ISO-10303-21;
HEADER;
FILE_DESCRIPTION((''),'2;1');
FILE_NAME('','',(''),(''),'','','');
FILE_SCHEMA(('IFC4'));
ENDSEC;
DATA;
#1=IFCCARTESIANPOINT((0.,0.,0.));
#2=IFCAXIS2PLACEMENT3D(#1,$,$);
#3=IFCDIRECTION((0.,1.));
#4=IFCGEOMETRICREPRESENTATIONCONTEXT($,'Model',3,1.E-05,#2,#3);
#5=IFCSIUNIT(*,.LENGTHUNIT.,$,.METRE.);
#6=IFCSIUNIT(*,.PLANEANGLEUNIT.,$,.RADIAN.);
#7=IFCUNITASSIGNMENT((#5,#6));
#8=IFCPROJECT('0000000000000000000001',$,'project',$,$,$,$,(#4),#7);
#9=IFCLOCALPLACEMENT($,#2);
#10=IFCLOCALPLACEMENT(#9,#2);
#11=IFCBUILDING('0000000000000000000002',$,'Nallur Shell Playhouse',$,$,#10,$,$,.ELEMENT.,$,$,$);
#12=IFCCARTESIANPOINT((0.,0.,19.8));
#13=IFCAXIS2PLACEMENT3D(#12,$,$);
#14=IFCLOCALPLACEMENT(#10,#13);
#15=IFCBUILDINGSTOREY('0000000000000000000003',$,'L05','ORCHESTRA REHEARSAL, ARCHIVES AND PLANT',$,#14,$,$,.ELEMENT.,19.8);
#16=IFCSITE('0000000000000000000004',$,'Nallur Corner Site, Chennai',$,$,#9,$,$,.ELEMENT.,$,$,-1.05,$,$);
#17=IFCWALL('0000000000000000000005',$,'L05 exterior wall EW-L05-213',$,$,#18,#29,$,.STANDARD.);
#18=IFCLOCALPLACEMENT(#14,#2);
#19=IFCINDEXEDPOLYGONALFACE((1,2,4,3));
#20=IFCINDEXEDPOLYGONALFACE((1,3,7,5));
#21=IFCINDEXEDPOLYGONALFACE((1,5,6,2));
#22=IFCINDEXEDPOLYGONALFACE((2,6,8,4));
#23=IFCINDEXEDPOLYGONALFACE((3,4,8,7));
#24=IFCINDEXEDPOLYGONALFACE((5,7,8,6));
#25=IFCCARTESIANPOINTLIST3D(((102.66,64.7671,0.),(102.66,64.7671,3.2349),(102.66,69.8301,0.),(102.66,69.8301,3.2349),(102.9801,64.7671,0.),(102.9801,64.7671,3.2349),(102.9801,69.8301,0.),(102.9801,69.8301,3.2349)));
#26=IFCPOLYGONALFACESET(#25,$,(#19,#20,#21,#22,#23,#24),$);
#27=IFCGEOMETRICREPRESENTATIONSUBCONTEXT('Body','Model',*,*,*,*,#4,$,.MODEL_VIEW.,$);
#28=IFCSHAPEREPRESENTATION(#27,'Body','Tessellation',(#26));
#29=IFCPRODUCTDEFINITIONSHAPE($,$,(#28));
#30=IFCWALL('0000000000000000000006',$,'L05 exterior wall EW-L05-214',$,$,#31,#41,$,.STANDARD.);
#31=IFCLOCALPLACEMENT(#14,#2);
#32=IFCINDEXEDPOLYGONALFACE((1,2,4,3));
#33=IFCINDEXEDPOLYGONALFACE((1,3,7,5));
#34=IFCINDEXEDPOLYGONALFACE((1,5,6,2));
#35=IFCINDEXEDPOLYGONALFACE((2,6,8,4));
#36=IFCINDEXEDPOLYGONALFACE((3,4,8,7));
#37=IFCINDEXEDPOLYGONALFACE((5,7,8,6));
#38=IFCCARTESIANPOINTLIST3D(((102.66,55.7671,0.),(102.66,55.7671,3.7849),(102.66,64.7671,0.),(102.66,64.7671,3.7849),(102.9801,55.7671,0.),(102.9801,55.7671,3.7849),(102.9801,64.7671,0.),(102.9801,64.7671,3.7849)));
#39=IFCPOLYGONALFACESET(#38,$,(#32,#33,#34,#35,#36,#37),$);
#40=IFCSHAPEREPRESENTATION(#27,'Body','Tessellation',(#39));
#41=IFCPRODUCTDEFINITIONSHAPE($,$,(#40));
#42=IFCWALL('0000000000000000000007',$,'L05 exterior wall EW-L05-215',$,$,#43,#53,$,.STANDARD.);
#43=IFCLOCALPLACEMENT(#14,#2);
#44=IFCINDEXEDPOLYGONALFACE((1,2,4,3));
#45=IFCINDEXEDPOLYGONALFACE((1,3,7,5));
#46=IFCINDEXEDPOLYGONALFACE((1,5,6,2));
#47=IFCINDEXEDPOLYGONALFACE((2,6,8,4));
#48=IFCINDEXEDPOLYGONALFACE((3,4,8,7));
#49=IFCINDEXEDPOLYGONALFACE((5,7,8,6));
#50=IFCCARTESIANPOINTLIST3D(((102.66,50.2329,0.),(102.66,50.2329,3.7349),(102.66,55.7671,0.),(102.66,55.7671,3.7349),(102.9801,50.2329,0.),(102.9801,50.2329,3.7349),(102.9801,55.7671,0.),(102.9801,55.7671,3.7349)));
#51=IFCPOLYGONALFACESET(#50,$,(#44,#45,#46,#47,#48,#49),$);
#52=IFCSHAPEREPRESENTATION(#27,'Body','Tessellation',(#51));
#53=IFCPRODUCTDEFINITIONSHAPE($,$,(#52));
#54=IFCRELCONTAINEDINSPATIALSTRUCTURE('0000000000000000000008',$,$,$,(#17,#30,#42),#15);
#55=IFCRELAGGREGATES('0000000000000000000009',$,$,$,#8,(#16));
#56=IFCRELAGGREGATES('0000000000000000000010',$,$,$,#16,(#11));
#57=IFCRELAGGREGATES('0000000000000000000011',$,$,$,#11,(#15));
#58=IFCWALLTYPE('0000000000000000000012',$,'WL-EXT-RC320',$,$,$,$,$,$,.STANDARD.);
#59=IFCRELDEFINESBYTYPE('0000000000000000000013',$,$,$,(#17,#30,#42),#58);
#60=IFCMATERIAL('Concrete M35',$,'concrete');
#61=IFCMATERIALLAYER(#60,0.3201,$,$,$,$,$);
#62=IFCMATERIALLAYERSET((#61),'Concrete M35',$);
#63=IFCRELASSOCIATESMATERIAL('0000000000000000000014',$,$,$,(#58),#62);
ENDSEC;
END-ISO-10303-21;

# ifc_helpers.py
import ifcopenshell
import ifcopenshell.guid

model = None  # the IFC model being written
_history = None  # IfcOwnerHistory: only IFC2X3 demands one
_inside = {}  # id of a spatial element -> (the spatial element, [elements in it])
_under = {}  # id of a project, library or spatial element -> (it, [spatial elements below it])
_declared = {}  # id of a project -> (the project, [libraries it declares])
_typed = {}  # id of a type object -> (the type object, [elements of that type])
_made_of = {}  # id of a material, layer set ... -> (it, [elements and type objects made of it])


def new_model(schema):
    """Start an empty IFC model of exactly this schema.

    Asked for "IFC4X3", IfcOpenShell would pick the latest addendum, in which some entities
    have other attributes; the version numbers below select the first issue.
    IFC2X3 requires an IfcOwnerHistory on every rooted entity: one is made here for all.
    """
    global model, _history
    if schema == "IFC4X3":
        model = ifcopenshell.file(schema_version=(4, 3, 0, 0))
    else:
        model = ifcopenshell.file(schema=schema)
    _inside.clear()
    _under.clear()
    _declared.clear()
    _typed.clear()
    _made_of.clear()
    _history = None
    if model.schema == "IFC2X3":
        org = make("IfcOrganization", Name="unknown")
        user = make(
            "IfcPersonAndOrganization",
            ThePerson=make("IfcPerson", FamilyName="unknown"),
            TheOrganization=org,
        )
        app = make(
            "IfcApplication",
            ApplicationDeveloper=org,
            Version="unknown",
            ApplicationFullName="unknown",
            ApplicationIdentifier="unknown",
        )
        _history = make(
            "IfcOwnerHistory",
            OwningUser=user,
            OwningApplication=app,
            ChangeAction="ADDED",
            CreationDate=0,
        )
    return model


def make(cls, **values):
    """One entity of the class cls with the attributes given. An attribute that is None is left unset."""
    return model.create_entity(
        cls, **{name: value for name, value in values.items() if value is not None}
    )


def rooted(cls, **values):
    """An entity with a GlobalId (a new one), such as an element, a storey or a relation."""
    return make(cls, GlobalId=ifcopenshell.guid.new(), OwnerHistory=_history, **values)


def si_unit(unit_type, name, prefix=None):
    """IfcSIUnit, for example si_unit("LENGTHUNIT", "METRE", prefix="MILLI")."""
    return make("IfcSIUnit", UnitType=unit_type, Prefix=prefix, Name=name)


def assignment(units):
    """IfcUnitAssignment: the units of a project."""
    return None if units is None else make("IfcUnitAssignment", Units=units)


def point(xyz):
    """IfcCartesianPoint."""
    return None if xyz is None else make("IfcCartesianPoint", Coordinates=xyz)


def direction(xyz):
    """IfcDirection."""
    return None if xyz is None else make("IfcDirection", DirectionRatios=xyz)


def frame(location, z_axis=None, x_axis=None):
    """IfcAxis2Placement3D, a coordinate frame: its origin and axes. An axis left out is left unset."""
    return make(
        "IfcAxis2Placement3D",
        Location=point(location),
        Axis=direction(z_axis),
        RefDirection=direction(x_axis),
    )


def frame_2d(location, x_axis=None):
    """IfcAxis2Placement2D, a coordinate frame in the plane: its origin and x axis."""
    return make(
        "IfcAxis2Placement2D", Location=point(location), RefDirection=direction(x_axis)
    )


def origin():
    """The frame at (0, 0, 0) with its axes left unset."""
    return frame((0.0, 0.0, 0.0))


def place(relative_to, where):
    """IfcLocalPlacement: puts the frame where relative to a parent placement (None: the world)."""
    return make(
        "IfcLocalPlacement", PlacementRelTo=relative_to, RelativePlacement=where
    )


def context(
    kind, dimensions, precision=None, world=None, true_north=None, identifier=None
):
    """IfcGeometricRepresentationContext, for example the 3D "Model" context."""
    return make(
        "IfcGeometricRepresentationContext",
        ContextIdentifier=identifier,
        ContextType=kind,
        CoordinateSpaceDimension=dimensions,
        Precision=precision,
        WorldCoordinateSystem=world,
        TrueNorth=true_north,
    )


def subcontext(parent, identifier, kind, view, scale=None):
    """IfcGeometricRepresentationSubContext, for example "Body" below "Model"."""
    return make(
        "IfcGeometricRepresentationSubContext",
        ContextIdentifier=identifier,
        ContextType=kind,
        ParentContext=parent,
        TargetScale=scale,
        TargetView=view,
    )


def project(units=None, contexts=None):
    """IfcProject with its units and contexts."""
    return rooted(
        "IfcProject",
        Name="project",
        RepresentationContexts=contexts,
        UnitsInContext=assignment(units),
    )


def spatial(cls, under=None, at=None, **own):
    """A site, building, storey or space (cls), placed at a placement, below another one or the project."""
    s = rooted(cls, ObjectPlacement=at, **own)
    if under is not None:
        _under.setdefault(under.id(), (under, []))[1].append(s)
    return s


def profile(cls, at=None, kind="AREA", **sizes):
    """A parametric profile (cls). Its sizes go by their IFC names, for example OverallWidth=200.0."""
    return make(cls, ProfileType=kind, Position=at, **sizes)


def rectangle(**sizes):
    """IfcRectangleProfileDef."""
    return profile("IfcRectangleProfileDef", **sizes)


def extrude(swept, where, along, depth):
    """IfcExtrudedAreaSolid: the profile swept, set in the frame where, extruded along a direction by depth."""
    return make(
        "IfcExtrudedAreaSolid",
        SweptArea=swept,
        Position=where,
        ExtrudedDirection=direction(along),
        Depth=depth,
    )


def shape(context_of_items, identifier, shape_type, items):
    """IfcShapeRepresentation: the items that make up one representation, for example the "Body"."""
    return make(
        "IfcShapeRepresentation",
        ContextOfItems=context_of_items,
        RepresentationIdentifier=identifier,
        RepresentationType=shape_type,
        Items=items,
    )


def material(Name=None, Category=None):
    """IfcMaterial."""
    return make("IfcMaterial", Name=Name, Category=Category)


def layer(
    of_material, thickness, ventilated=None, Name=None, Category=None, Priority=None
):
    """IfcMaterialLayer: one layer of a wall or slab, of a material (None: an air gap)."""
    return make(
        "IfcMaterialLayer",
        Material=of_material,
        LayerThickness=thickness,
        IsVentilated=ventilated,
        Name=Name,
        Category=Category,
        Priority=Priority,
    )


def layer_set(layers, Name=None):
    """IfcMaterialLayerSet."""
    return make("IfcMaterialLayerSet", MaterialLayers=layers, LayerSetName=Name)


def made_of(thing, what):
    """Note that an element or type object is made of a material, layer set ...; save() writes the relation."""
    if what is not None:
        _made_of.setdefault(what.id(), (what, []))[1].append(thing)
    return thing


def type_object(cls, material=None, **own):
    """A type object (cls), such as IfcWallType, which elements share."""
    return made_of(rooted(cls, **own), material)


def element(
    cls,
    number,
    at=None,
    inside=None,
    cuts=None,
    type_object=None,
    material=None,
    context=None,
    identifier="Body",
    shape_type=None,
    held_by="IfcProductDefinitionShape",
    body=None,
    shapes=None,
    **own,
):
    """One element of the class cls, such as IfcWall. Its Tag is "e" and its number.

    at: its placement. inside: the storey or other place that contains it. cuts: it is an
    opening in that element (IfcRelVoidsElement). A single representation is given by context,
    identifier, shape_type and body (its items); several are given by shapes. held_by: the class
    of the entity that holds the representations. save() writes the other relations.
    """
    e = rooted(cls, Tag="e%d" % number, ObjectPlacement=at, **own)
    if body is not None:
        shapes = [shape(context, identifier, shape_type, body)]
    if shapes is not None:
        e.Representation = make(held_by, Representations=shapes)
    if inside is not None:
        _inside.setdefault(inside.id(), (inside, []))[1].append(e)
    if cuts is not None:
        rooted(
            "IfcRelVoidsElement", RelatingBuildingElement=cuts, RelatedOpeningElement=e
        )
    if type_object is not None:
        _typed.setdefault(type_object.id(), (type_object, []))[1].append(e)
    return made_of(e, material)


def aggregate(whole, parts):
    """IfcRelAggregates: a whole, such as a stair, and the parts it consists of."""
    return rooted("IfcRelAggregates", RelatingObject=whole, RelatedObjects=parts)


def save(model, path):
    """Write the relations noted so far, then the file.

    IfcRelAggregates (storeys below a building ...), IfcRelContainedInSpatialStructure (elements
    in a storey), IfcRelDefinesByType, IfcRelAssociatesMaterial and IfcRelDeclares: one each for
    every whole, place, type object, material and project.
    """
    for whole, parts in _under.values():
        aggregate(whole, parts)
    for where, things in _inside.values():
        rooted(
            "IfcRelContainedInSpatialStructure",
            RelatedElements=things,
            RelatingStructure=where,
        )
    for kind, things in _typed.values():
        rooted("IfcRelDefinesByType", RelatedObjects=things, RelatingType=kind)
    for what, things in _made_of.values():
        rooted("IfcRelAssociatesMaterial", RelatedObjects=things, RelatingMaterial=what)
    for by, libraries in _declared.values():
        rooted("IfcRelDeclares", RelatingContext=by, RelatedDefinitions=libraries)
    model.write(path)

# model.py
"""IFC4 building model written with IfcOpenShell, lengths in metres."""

from ifc_helpers import new_model, si_unit, direction, frame, frame_2d, origin, place, context, subcontext, project, spatial, rectangle, extrude, material, layer, layer_set, type_object, element, save


model = new_model("IFC4")

# Units and contexts
model_context = context("Model", 3, precision=1e-05, world=origin(), true_north=direction((0.0, 1.0)))
body_context = subcontext(model_context, "Body", "Model", "MODEL_VIEW")
ifc_project = project(units=[si_unit("LENGTHUNIT", "METRE"), si_unit("PLANEANGLEUNIT", "RADIAN")], contexts=[model_context])

# Site, building, storey
site_placement = place(None, origin())
site = spatial("IfcSite", under=ifc_project, at=site_placement, Name="Nallur Corner Site, Chennai", CompositionType="ELEMENT", RefElevation=-1.05)
building_placement = place(site_placement, origin())
building = spatial("IfcBuilding", under=site, at=building_placement, Name="Nallur Shell Playhouse", CompositionType="ELEMENT")
storey_placement = place(building_placement, frame((0.0, 0.0, 19.8)))
storey = spatial("IfcBuildingStorey", under=building, at=storey_placement, Name="L05", Description="ORCHESTRA REHEARSAL, ARCHIVES AND PLANT", CompositionType="ELEMENT", Elevation=19.8)

# Shared definitions
ifc_material_1 = material(Name="Concrete M35", Category="concrete")

# Walls
ifc_layer_1 = layer(ifc_material_1, 0.3201)
ifc_layer_set_1 = layer_set([ifc_layer_1], Name="Concrete M35")
wall_type_1 = type_object("IfcWallType", Name="WL-EXT-RC320", PredefinedType="STANDARD", material=ifc_layer_set_1)
wall_1_placement = place(storey_placement, frame((102.8201, 69.8301, 0.0), z_axis=(0.0, 0.0, 1.0), x_axis=(0.0, -1.0, 0.0)))
element("IfcWall", 1, at=wall_1_placement, inside=storey, type_object=wall_type_1, Name="L05 exterior wall EW-L05-213", PredefinedType="STANDARD", context=body_context, shape_type="SweptSolid", body=[
    extrude(rectangle(XDim=5.063, YDim=0.3201, at=frame_2d((2.5315, 0.0))), origin(), (0.0, 0.0, 1.0), 3.2349),
])
wall_2_placement = place(storey_placement, frame((102.8201, 64.7671, 0.0), z_axis=(0.0, 0.0, 1.0), x_axis=(0.0, -1.0, 0.0)))
element("IfcWall", 2, at=wall_2_placement, inside=storey, type_object=wall_type_1, Name="L05 exterior wall EW-L05-214", PredefinedType="STANDARD", context=body_context, shape_type="SweptSolid", body=[
    extrude(rectangle(XDim=9.0, YDim=0.3201, at=frame_2d((4.5, 0.0))), origin(), (0.0, 0.0, 1.0), 3.7849),
])
wall_3_placement = place(storey_placement, frame((102.8201, 55.7671, 0.0), z_axis=(0.0, 0.0, 1.0), x_axis=(0.0, -1.0, 0.0)))
element("IfcWall", 3, at=wall_3_placement, inside=storey, type_object=wall_type_1, Name="L05 exterior wall EW-L05-215", PredefinedType="STANDARD", context=body_context, shape_type="SweptSolid", body=[
    extrude(rectangle(XDim=5.5342, YDim=0.3201, at=frame_2d((2.7671, 0.0))), origin(), (0.0, 0.0, 1.0), 3.7349),
])

save(model, "model.ifc")
